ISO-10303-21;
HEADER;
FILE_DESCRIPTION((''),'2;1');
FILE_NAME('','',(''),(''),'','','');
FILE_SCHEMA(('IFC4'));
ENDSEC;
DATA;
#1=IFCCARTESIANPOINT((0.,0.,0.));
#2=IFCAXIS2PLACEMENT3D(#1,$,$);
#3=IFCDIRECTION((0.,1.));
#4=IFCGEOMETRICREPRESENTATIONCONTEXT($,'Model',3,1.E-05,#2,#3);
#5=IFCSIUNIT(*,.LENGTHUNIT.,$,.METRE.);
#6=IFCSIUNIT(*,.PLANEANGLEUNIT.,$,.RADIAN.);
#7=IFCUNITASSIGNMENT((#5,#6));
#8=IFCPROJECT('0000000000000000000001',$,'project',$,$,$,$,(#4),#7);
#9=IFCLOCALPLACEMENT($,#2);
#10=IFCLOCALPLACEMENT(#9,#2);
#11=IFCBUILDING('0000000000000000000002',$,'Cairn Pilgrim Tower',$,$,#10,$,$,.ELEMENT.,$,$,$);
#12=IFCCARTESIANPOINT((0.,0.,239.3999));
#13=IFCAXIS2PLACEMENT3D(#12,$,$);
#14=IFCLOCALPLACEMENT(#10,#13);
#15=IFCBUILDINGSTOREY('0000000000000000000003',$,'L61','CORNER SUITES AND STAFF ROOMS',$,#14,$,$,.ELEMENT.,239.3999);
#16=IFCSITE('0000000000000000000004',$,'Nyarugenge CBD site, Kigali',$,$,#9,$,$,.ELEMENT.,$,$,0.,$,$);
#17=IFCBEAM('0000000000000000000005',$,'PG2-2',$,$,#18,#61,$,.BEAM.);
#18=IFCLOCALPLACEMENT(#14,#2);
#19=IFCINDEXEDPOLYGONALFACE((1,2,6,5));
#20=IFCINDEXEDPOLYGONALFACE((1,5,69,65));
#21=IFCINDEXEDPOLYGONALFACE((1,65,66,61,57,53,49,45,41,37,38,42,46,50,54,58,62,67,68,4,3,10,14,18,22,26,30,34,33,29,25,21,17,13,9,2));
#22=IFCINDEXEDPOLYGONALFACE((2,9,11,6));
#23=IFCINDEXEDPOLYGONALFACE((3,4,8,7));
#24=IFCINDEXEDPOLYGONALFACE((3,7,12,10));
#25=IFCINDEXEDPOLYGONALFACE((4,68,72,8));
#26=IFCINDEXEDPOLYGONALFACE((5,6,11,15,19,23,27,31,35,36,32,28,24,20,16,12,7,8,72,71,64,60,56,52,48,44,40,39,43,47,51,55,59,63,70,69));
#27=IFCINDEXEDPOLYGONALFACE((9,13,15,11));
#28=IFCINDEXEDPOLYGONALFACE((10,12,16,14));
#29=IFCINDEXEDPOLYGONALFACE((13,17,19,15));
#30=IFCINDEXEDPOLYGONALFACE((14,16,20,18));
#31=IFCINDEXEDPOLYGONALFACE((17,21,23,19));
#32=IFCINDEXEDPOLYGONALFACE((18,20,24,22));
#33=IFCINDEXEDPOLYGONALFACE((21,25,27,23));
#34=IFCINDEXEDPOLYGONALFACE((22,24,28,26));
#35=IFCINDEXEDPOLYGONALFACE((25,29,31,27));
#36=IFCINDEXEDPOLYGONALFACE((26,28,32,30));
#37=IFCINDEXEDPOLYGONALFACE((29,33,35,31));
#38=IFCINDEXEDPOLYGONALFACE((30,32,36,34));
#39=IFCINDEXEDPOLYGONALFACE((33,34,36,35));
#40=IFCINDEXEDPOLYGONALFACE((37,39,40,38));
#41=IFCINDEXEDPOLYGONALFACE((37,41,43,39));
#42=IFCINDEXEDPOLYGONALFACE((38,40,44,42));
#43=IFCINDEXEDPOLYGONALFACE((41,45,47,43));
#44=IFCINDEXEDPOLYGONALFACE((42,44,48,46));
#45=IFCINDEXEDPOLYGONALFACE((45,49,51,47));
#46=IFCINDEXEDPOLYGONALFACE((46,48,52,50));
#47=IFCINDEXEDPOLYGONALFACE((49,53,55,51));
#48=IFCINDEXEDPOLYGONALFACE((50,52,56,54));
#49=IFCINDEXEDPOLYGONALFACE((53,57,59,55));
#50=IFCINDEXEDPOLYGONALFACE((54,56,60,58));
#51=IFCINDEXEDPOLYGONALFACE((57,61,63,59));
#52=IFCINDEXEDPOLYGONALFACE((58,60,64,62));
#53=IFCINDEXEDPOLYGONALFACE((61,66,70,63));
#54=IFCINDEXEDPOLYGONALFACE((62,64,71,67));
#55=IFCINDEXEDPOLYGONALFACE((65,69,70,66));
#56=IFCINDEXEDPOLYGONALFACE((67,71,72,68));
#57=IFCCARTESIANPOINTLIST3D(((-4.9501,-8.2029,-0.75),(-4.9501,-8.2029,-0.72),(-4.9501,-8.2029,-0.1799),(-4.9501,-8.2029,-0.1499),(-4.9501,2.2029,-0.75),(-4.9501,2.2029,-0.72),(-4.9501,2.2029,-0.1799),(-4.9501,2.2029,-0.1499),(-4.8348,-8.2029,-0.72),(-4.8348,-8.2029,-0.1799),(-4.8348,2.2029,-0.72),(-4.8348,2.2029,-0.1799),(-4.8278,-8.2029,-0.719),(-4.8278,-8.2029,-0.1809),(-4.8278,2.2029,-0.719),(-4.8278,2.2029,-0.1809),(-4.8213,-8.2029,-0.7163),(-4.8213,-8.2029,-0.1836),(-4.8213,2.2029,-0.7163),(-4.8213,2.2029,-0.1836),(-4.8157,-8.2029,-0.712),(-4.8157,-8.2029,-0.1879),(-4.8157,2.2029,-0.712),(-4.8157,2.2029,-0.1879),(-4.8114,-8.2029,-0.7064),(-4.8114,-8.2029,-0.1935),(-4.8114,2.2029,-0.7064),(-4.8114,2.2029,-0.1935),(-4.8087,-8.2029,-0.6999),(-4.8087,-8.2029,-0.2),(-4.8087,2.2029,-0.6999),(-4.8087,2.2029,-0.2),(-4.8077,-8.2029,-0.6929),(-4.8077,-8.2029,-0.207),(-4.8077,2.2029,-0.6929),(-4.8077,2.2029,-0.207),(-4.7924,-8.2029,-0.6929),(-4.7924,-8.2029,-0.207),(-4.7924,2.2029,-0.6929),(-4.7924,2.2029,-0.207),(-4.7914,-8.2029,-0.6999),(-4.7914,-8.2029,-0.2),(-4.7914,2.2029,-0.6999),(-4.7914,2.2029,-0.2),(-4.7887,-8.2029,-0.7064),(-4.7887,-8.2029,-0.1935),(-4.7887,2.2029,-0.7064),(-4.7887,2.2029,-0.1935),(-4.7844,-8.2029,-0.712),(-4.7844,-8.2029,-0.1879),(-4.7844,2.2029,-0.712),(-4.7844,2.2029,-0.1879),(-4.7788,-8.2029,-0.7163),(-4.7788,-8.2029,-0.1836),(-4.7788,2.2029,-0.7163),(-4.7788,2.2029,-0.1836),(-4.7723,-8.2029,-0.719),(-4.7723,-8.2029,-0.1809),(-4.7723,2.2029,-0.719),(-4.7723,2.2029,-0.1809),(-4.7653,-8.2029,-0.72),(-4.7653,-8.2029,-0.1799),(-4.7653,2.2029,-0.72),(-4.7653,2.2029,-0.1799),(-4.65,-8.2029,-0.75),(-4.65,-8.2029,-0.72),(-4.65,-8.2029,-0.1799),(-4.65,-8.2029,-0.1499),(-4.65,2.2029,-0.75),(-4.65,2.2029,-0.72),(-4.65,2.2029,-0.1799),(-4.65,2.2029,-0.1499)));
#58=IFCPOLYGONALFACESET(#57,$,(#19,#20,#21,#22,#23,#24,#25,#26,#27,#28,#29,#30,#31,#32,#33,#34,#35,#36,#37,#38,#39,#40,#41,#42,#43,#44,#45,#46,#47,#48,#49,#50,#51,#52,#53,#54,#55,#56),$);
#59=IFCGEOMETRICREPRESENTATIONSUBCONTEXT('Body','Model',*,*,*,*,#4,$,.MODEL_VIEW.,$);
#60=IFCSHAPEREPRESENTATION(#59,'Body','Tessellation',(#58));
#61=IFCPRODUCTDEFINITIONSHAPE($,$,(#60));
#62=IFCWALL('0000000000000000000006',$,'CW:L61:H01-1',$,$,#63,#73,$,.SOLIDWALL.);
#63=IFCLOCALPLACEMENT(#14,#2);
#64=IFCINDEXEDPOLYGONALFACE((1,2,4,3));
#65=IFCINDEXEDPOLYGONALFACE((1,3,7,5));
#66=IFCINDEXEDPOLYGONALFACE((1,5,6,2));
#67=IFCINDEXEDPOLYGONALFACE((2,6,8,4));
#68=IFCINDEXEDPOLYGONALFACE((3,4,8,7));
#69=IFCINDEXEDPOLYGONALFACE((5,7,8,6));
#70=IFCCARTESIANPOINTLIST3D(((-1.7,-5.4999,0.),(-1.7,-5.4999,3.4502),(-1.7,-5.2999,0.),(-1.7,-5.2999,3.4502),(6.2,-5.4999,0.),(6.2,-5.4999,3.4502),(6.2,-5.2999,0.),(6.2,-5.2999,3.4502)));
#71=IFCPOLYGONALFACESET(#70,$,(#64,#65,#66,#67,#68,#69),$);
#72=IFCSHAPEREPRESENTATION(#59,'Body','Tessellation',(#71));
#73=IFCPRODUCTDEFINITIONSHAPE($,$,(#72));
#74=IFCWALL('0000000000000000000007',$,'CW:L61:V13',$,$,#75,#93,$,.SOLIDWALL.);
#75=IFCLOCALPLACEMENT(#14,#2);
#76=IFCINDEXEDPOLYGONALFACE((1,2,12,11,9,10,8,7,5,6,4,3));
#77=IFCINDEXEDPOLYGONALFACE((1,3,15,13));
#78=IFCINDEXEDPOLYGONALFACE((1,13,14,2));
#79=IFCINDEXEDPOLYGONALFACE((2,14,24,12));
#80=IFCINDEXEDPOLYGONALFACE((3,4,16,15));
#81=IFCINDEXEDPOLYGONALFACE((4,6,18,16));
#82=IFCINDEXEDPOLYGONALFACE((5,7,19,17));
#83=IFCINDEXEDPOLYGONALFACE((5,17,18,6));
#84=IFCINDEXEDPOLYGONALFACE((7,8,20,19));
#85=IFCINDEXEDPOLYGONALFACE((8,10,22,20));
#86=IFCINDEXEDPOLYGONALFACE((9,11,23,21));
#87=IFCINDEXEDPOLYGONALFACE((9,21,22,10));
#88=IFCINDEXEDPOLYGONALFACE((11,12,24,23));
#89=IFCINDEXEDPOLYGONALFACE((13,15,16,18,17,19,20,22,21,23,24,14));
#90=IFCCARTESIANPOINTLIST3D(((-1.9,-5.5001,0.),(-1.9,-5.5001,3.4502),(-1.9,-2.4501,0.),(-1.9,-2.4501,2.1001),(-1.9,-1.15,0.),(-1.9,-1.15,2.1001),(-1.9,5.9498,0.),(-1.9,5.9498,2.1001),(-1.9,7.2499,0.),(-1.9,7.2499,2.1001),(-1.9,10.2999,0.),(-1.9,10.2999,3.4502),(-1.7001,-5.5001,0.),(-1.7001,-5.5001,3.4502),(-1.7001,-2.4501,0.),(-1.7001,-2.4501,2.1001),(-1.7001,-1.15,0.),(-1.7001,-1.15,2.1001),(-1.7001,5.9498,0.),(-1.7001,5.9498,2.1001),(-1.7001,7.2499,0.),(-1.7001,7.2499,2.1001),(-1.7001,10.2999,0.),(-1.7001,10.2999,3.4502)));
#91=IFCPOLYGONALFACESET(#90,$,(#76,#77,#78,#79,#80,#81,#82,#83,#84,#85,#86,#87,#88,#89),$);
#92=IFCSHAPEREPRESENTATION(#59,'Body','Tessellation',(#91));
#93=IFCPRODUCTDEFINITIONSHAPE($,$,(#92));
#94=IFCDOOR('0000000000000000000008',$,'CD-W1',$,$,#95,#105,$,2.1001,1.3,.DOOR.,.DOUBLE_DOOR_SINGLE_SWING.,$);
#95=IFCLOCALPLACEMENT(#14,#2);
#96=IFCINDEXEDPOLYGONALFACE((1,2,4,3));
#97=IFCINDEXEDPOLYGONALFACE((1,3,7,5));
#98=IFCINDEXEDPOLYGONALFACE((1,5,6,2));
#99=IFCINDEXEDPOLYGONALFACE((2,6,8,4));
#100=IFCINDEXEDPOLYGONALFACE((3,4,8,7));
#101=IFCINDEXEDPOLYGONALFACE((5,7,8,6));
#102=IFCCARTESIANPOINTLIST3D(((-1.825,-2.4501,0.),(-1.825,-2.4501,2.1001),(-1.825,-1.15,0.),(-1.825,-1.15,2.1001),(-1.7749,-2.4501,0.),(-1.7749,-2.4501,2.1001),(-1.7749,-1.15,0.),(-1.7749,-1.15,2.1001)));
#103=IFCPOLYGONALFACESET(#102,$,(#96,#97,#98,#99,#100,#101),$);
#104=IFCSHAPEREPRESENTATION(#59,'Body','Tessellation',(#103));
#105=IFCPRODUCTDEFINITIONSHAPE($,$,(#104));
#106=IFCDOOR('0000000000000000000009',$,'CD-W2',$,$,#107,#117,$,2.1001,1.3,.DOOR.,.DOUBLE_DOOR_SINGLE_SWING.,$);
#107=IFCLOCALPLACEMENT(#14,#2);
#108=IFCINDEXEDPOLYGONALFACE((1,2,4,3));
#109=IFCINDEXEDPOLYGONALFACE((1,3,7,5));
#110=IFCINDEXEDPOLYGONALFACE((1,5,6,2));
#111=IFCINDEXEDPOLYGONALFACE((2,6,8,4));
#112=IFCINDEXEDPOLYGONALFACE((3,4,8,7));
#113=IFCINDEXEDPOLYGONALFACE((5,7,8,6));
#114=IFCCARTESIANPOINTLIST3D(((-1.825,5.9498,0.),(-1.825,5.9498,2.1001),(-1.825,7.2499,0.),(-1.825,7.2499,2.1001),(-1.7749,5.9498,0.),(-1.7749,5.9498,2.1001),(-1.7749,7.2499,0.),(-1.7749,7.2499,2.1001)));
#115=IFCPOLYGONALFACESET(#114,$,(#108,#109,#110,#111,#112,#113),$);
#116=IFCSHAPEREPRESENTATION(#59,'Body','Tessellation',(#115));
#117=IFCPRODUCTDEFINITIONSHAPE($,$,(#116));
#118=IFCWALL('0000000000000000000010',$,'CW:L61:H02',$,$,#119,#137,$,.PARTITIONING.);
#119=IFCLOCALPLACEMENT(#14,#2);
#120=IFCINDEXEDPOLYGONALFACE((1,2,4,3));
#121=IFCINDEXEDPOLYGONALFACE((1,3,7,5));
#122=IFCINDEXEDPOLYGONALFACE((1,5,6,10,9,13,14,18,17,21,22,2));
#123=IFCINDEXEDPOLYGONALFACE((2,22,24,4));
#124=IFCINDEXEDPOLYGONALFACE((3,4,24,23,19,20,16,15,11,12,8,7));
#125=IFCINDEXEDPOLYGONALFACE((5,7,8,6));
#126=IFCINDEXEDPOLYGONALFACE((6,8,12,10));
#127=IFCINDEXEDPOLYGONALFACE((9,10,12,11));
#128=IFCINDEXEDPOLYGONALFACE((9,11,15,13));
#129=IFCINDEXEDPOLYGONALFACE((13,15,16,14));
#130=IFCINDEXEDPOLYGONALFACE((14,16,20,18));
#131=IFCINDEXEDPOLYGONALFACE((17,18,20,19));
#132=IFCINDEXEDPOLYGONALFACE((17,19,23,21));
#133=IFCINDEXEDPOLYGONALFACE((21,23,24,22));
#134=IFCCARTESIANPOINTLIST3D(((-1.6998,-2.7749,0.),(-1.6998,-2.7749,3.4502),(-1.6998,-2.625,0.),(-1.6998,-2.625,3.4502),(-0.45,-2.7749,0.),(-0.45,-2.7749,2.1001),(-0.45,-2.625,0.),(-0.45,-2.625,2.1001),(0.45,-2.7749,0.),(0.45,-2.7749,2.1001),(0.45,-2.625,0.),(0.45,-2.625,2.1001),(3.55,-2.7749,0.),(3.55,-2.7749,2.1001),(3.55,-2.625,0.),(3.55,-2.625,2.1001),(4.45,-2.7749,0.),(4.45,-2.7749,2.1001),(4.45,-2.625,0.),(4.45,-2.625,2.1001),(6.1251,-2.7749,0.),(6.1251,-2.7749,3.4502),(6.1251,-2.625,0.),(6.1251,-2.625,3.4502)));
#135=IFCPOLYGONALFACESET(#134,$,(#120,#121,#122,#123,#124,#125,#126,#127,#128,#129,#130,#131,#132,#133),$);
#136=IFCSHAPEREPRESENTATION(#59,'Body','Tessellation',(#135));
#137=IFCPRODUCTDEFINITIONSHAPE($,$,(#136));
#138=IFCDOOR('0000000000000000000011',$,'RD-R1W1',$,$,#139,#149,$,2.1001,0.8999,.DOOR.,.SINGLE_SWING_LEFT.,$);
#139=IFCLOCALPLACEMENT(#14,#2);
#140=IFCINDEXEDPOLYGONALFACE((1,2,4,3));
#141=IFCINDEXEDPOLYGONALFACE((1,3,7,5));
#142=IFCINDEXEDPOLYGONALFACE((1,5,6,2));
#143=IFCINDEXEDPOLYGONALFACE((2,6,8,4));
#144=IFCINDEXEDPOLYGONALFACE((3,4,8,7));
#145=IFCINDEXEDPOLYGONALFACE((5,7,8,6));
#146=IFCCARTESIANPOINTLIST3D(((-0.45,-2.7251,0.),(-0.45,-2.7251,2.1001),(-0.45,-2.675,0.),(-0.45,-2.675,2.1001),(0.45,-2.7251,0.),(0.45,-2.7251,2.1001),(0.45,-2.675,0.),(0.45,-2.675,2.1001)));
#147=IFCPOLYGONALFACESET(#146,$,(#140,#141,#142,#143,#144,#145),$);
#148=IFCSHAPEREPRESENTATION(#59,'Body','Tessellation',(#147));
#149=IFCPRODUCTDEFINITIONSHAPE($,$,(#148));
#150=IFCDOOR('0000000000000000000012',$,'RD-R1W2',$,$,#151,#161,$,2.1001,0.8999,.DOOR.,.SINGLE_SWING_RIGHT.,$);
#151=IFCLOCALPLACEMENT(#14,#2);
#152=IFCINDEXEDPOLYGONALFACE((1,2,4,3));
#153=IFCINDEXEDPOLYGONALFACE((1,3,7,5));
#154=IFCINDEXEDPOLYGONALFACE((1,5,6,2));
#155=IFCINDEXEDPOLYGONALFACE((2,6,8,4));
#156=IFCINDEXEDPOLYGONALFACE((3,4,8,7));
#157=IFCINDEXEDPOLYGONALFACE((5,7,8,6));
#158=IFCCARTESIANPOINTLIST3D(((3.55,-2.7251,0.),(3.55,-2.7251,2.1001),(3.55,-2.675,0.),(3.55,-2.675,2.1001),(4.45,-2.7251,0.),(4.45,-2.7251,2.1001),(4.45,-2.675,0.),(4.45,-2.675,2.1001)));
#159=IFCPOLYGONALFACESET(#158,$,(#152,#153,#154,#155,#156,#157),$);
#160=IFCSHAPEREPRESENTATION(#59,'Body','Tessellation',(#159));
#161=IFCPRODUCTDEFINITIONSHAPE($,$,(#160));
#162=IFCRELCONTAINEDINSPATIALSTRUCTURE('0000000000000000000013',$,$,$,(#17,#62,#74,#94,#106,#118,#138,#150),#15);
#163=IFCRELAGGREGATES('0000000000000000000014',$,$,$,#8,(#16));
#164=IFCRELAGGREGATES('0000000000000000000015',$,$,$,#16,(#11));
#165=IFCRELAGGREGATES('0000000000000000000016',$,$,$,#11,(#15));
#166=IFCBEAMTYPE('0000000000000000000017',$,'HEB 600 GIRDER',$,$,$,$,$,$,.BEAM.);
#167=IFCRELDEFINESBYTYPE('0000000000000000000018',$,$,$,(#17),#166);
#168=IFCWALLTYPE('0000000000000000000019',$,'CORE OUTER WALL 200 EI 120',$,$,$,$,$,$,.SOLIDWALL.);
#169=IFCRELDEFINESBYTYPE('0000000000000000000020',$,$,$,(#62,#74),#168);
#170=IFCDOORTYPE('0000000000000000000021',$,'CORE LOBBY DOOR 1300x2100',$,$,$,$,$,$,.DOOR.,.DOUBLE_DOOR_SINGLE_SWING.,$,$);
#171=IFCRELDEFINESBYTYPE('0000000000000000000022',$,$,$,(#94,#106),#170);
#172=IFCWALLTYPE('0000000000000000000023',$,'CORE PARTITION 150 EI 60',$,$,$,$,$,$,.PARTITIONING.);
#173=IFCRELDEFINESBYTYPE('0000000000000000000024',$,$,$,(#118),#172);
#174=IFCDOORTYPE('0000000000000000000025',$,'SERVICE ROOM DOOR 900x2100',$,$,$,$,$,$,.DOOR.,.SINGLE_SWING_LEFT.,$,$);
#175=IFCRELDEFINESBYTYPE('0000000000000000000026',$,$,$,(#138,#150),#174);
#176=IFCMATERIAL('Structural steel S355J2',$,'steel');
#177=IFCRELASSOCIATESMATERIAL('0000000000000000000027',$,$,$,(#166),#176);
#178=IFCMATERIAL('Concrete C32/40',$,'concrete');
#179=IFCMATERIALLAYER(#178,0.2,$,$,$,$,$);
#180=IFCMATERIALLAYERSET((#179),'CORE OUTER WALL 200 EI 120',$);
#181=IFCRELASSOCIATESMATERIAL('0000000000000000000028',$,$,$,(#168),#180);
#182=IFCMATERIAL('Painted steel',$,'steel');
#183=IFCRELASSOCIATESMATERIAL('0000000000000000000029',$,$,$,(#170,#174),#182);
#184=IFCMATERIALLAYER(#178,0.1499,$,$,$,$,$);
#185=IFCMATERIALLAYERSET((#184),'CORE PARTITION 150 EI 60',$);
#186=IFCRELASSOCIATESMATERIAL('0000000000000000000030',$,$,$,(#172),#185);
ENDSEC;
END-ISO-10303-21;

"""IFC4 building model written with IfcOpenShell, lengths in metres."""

from ifc_helpers import new_model, si_unit, direction, frame, frame_2d, origin, origin_2d, place, context, subcontext, project, spatial, rectangle, i_section, extrude, material, layer, layer_set, material_profile, profile_set, type_object, element, fill, save


model = new_model("IFC4")

# Units and contexts
model_context = context("Model", 3, precision=1e-05, world=origin(), true_north=direction((0.0, 1.0)))
body_context = subcontext(model_context, "Body", "Model", "MODEL_VIEW")
ifc_project = project(units=[si_unit("LENGTHUNIT", "METRE"), si_unit("PLANEANGLEUNIT", "RADIAN")], contexts=[model_context])

# Site, building, storey
site_placement = place(None, origin())
site = spatial("IfcSite", under=ifc_project, at=site_placement, Name="Nyarugenge CBD site, Kigali", CompositionType="ELEMENT", RefElevation=0.0)
building_placement = place(site_placement, origin())
building = spatial("IfcBuilding", under=site, at=building_placement, Name="Cairn Pilgrim Tower", CompositionType="ELEMENT")
storey_placement = place(building_placement, frame((0.0, 0.0, 239.3999)))
storey = spatial("IfcBuildingStorey", under=building, at=storey_placement, Name="L61", Description="CORNER SUITES AND STAFF ROOMS", CompositionType="ELEMENT", Elevation=239.3999)

# Shared definitions
ifc_material_1 = material(Name="Structural steel S355J2", Category="steel")

# Beam
ifc_material_profile_1 = material_profile(ifc_material_1, i_section(OverallWidth=0.3, OverallDepth=0.6001, WebThickness=0.0154, FlangeThickness=0.03, FilletRadius=0.0271, at=origin_2d()), Name="HEB 600")
ifc_profile_set_1 = profile_set([ifc_material_profile_1], Name="Structural steel S355J2")
beam_type_1 = type_object("IfcBeamType", Name="HEB 600 GIRDER", PredefinedType="BEAM", material=ifc_profile_set_1)
beam_1_placement = place(storey_placement, frame((-4.8, -8.2029, -0.45), z_axis=(0.0, 1.0, 0.0), x_axis=(-1.0, 0.0, 0.0)))
element("IfcBeam", 1, at=beam_1_placement, inside=storey, type_object=beam_type_1, Name="PG2-2", PredefinedType="BEAM", context=body_context, shape_type="SweptSolid", body=[
    extrude(i_section(OverallWidth=0.3, OverallDepth=0.6001, WebThickness=0.0154, FlangeThickness=0.03, FilletRadius=0.0271, at=origin_2d()), origin(), (0.0, 0.0, 1.0), 10.4058),
])

# Wall
ifc_material_2 = material(Name="Concrete C32/40", Category="concrete")
ifc_layer_1 = layer(ifc_material_2, 0.2)
ifc_layer_set_1 = layer_set([ifc_layer_1], Name="CORE OUTER WALL 200 EI 120")
wall_type_1 = type_object("IfcWallType", Name="CORE OUTER WALL 200 EI 120", PredefinedType="SOLIDWALL", material=ifc_layer_set_1)
wall_1_placement = place(storey_placement, frame((-1.7, -5.3999, 0.0), z_axis=(0.0, 0.0, 1.0), x_axis=(1.0, 0.0, 0.0)))
element("IfcWall", 2, at=wall_1_placement, inside=storey, type_object=wall_type_1, Name="CW:L61:H01-1", PredefinedType="SOLIDWALL", context=body_context, shape_type="SweptSolid", body=[
    extrude(rectangle(XDim=7.8999, YDim=0.2, at=frame_2d((3.95, 0.0))), origin(), (0.0, 0.0, 1.0), 3.4502),
])

# Walls, openings, doors
wall_2_placement = place(storey_placement, frame((-1.8, -5.5, 0.0), z_axis=(0.0, 0.0, 1.0), x_axis=(0.0, 1.0, 0.0)))
wall_2 = element("IfcWall", 3, at=wall_2_placement, inside=storey, type_object=wall_type_1, Name="CW:L61:V13", PredefinedType="SOLIDWALL", context=body_context, shape_type="SweptSolid", body=[
    extrude(rectangle(XDim=15.8, YDim=0.2, at=frame_2d((7.8999, 0.0))), origin(), (0.0, 0.0, 1.0), 3.4502),
])
opening_1_placement = place(wall_2_placement, frame((3.05, 0.0, 0.0)))
opening_1 = element("IfcOpeningElement", 4, at=opening_1_placement, cuts=wall_2, PredefinedType="OPENING", context=body_context, shape_type="SweptSolid", body=[
    extrude(rectangle(XDim=1.3, YDim=2.1001, at=frame_2d((0.6499, 1.05))), frame((0.0, 0.1099, 0.0), z_axis=(0.0, -1.0, 0.0), x_axis=(1.0, 0.0, 0.0)), (0.0, 0.0, 1.0), 0.22),
])
opening_2_placement = place(wall_2_placement, frame((11.45, 0.0, 0.0)))
opening_2 = element("IfcOpeningElement", 5, at=opening_2_placement, cuts=wall_2, PredefinedType="OPENING", context=body_context, shape_type="SweptSolid", body=[
    extrude(rectangle(XDim=1.3, YDim=2.1001, at=frame_2d((0.6499, 1.05))), frame((0.0, 0.1099, 0.0), z_axis=(0.0, -1.0, 0.0), x_axis=(1.0, 0.0, 0.0)), (0.0, 0.0, 1.0), 0.22),
])
ifc_material_3 = material(Name="Painted steel", Category="steel")
door_type_1 = type_object("IfcDoorType", Name="CORE LOBBY DOOR 1300x2100", OperationType="DOUBLE_DOOR_SINGLE_SWING", PredefinedType="DOOR", material=ifc_material_3)
door_1_placement = place(opening_1_placement, origin())
door_1 = element("IfcDoor", 6, at=door_1_placement, inside=storey, type_object=door_type_1, Name="CD-W1", OperationType="DOUBLE_DOOR_SINGLE_SWING", OverallHeight=2.1001, OverallWidth=1.3, PredefinedType="DOOR", context=body_context, shape_type="SweptSolid", body=[
    extrude(rectangle(XDim=1.3, YDim=2.1001, at=frame_2d((0.6499, 1.05))), frame((0.0, 0.0249, 0.0), z_axis=(0.0, -1.0, 0.0), x_axis=(1.0, 0.0, 0.0)), (0.0, 0.0, 1.0), 0.05),
])
fill(opening_1, door_1)
door_2_placement = place(opening_2_placement, origin())
door_2 = element("IfcDoor", 7, at=door_2_placement, inside=storey, type_object=door_type_1, Name="CD-W2", OperationType="DOUBLE_DOOR_SINGLE_SWING", OverallHeight=2.1001, OverallWidth=1.3, PredefinedType="DOOR", context=body_context, shape_type="SweptSolid", body=[
    extrude(rectangle(XDim=1.3, YDim=2.1001, at=frame_2d((0.6499, 1.05))), frame((0.0, 0.0249, 0.0), z_axis=(0.0, -1.0, 0.0), x_axis=(1.0, 0.0, 0.0)), (0.0, 0.0, 1.0), 0.05),
])
fill(opening_2, door_2)
ifc_layer_2 = layer(ifc_material_2, 0.1499)
ifc_layer_set_2 = layer_set([ifc_layer_2], Name="CORE PARTITION 150 EI 60")
wall_type_2 = type_object("IfcWallType", Name="CORE PARTITION 150 EI 60", PredefinedType="PARTITIONING", material=ifc_layer_set_2)
wall_3_placement = place(storey_placement, frame((-1.7, -2.7, 0.0), z_axis=(0.0, 0.0, 1.0), x_axis=(1.0, 0.0, 0.0)))
wall_3 = element("IfcWall", 8, at=wall_3_placement, inside=storey, type_object=wall_type_2, Name="CW:L61:H02", PredefinedType="PARTITIONING", context=body_context, shape_type="SweptSolid", body=[
    extrude(rectangle(XDim=7.825, YDim=0.1499, at=frame_2d((3.9126, 0.0))), origin(), (0.0, 0.0, 1.0), 3.4502),
])
opening_3_placement = place(wall_3_placement, frame((1.25, 0.0, 0.0)))
opening_3 = element("IfcOpeningElement", 9, at=opening_3_placement, cuts=wall_3, PredefinedType="OPENING", context=body_context, shape_type="SweptSolid", body=[
    extrude(rectangle(XDim=0.8999, YDim=2.1001, at=frame_2d((0.45, 1.05))), frame((0.0, 0.085, 0.0), z_axis=(0.0, -1.0, 0.0), x_axis=(1.0, 0.0, 0.0)), (0.0, 0.0, 1.0), 0.1699),
])
opening_4_placement = place(wall_3_placement, frame((5.25, 0.0, 0.0)))
opening_4 = element("IfcOpeningElement", 10, at=opening_4_placement, cuts=wall_3, PredefinedType="OPENING", context=body_context, shape_type="SweptSolid", body=[
    extrude(rectangle(XDim=0.8999, YDim=2.1001, at=frame_2d((0.45, 1.05))), frame((0.0, 0.085, 0.0), z_axis=(0.0, -1.0, 0.0), x_axis=(1.0, 0.0, 0.0)), (0.0, 0.0, 1.0), 0.1699),
])
door_type_2 = type_object("IfcDoorType", Name="SERVICE ROOM DOOR 900x2100", OperationType="SINGLE_SWING_LEFT", PredefinedType="DOOR", material=ifc_material_3)
door_3_placement = place(opening_3_placement, origin())
door_3 = element("IfcDoor", 11, at=door_3_placement, inside=storey, type_object=door_type_2, Name="RD-R1W1", OperationType="SINGLE_SWING_LEFT", OverallHeight=2.1001, OverallWidth=0.8999, PredefinedType="DOOR", context=body_context, shape_type="SweptSolid", body=[
    extrude(rectangle(XDim=0.8999, YDim=2.1001, at=frame_2d((0.45, 1.05))), frame((0.0, 0.0249, 0.0), z_axis=(0.0, -1.0, 0.0), x_axis=(1.0, 0.0, 0.0)), (0.0, 0.0, 1.0), 0.05),
])
fill(opening_3, door_3)
door_4_placement = place(opening_4_placement, origin())
door_4 = element("IfcDoor", 12, at=door_4_placement, inside=storey, type_object=door_type_2, Name="RD-R1W2", OperationType="SINGLE_SWING_RIGHT", OverallHeight=2.1001, OverallWidth=0.8999, PredefinedType="DOOR", context=body_context, shape_type="SweptSolid", body=[
    extrude(rectangle(XDim=0.8999, YDim=2.1001, at=frame_2d((0.45, 1.05))), frame((0.0, 0.0249, 0.0), z_axis=(0.0, -1.0, 0.0), x_axis=(1.0, 0.0, 0.0)), (0.0, 0.0, 1.0), 0.05),
])
fill(opening_4, door_4)

save(model, "model.ifc")
